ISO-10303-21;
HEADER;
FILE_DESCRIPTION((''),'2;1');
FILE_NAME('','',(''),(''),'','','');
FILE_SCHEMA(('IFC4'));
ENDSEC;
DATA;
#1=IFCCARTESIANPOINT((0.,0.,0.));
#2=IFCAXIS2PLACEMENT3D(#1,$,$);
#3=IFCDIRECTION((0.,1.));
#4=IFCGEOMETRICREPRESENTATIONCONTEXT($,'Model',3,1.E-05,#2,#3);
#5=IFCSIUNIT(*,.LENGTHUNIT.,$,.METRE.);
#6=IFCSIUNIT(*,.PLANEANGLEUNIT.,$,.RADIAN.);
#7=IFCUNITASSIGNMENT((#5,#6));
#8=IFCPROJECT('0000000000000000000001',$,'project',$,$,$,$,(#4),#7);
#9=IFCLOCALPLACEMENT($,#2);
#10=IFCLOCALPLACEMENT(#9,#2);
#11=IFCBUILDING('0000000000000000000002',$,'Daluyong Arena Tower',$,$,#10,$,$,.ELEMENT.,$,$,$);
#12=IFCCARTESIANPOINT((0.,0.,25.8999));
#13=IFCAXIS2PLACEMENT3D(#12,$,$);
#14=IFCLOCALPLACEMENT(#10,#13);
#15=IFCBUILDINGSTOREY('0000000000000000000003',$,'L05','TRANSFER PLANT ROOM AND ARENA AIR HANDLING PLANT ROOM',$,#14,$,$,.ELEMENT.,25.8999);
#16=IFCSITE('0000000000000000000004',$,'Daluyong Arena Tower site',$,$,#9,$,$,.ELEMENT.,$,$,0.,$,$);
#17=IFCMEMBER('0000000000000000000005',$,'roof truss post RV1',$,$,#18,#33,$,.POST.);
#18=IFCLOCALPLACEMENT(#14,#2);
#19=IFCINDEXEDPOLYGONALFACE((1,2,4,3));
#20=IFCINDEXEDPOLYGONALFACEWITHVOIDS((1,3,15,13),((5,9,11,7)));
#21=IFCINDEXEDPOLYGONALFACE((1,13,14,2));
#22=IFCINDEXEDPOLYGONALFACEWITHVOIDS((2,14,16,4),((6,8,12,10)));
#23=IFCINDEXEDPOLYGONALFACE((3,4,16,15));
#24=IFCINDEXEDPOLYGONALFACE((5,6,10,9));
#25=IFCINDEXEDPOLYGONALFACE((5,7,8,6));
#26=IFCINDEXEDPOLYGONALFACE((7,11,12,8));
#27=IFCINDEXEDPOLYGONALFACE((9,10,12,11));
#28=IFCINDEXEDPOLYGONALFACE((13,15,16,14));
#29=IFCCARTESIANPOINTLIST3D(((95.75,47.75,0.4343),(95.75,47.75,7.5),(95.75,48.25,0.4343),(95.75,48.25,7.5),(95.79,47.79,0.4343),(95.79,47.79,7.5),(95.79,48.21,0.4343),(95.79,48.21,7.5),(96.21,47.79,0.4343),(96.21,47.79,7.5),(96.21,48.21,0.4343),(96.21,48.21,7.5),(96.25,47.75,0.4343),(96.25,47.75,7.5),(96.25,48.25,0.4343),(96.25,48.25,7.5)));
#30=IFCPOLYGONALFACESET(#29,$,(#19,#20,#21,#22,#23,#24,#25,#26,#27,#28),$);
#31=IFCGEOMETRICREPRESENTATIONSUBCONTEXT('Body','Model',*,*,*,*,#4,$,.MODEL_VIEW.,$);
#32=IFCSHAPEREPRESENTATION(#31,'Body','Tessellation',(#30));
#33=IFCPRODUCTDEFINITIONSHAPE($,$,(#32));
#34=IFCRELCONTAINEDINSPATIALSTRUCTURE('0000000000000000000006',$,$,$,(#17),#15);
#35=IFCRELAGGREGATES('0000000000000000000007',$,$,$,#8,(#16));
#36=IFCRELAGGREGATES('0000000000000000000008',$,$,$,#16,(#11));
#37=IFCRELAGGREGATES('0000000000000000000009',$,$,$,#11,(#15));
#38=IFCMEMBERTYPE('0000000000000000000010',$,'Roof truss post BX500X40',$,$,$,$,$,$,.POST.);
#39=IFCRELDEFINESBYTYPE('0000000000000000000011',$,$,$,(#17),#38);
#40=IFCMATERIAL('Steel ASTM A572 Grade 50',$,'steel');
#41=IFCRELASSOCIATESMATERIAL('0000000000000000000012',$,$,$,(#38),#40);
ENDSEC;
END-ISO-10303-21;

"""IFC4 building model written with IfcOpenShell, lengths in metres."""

from ifc_helpers import new_model, si_unit, direction, frame, origin, origin_2d, place, context, subcontext, project, spatial, hollow_rectangle, extrude, material, material_profile, profile_set, type_object, element, save


model = new_model("IFC4")

# Units and contexts
model_context = context("Model", 3, precision=1e-05, world=origin(), true_north=direction((0.0, 1.0)))
body_context = subcontext(model_context, "Body", "Model", "MODEL_VIEW")
ifc_project = project(units=[si_unit("LENGTHUNIT", "METRE"), si_unit("PLANEANGLEUNIT", "RADIAN")], contexts=[model_context])

# Site, building, storey
site_placement = place(None, origin())
site = spatial("IfcSite", under=ifc_project, at=site_placement, Name="Daluyong Arena Tower site", CompositionType="ELEMENT", RefElevation=0.0)
building_placement = place(site_placement, origin())
building = spatial("IfcBuilding", under=site, at=building_placement, Name="Daluyong Arena Tower", CompositionType="ELEMENT")
storey_placement = place(building_placement, frame((0.0, 0.0, 25.8999)))
storey = spatial("IfcBuildingStorey", under=building, at=storey_placement, Name="L05", Description="TRANSFER PLANT ROOM AND ARENA AIR HANDLING PLANT ROOM", CompositionType="ELEMENT", Elevation=25.8999)

# Member
ifc_material_1 = material(Name="Steel ASTM A572 Grade 50", Category="steel")
ifc_material_profile_1 = material_profile(ifc_material_1, hollow_rectangle(XDim=0.5, YDim=0.5, WallThickness=0.04, at=origin_2d()))
ifc_profile_set_1 = profile_set([ifc_material_profile_1], Name="Steel ASTM A572 Grade 50")
member_type_1 = type_object("IfcMemberType", Name="Roof truss post BX500X40", PredefinedType="POST", material=ifc_profile_set_1)
for number, where, z_axis, x_axis, name in (
    (1, (96.0, 48.0, 0.4343), (0.0, 0.0, 1.0), (1.0, 0.0, 0.0), "roof truss post RV1"),
):
    element("IfcMember", number, at=place(storey_placement, frame(where, z_axis=z_axis, x_axis=x_axis)), inside=storey, type_object=member_type_1, Name=name, PredefinedType="POST", context=body_context, shape_type="SweptSolid", body=[
        extrude(hollow_rectangle(XDim=0.5, YDim=0.5, WallThickness=0.04, at=origin_2d()), origin(), (0.0, 0.0, 1.0), 7.0657),
    ])

save(model, "model.ifc")
